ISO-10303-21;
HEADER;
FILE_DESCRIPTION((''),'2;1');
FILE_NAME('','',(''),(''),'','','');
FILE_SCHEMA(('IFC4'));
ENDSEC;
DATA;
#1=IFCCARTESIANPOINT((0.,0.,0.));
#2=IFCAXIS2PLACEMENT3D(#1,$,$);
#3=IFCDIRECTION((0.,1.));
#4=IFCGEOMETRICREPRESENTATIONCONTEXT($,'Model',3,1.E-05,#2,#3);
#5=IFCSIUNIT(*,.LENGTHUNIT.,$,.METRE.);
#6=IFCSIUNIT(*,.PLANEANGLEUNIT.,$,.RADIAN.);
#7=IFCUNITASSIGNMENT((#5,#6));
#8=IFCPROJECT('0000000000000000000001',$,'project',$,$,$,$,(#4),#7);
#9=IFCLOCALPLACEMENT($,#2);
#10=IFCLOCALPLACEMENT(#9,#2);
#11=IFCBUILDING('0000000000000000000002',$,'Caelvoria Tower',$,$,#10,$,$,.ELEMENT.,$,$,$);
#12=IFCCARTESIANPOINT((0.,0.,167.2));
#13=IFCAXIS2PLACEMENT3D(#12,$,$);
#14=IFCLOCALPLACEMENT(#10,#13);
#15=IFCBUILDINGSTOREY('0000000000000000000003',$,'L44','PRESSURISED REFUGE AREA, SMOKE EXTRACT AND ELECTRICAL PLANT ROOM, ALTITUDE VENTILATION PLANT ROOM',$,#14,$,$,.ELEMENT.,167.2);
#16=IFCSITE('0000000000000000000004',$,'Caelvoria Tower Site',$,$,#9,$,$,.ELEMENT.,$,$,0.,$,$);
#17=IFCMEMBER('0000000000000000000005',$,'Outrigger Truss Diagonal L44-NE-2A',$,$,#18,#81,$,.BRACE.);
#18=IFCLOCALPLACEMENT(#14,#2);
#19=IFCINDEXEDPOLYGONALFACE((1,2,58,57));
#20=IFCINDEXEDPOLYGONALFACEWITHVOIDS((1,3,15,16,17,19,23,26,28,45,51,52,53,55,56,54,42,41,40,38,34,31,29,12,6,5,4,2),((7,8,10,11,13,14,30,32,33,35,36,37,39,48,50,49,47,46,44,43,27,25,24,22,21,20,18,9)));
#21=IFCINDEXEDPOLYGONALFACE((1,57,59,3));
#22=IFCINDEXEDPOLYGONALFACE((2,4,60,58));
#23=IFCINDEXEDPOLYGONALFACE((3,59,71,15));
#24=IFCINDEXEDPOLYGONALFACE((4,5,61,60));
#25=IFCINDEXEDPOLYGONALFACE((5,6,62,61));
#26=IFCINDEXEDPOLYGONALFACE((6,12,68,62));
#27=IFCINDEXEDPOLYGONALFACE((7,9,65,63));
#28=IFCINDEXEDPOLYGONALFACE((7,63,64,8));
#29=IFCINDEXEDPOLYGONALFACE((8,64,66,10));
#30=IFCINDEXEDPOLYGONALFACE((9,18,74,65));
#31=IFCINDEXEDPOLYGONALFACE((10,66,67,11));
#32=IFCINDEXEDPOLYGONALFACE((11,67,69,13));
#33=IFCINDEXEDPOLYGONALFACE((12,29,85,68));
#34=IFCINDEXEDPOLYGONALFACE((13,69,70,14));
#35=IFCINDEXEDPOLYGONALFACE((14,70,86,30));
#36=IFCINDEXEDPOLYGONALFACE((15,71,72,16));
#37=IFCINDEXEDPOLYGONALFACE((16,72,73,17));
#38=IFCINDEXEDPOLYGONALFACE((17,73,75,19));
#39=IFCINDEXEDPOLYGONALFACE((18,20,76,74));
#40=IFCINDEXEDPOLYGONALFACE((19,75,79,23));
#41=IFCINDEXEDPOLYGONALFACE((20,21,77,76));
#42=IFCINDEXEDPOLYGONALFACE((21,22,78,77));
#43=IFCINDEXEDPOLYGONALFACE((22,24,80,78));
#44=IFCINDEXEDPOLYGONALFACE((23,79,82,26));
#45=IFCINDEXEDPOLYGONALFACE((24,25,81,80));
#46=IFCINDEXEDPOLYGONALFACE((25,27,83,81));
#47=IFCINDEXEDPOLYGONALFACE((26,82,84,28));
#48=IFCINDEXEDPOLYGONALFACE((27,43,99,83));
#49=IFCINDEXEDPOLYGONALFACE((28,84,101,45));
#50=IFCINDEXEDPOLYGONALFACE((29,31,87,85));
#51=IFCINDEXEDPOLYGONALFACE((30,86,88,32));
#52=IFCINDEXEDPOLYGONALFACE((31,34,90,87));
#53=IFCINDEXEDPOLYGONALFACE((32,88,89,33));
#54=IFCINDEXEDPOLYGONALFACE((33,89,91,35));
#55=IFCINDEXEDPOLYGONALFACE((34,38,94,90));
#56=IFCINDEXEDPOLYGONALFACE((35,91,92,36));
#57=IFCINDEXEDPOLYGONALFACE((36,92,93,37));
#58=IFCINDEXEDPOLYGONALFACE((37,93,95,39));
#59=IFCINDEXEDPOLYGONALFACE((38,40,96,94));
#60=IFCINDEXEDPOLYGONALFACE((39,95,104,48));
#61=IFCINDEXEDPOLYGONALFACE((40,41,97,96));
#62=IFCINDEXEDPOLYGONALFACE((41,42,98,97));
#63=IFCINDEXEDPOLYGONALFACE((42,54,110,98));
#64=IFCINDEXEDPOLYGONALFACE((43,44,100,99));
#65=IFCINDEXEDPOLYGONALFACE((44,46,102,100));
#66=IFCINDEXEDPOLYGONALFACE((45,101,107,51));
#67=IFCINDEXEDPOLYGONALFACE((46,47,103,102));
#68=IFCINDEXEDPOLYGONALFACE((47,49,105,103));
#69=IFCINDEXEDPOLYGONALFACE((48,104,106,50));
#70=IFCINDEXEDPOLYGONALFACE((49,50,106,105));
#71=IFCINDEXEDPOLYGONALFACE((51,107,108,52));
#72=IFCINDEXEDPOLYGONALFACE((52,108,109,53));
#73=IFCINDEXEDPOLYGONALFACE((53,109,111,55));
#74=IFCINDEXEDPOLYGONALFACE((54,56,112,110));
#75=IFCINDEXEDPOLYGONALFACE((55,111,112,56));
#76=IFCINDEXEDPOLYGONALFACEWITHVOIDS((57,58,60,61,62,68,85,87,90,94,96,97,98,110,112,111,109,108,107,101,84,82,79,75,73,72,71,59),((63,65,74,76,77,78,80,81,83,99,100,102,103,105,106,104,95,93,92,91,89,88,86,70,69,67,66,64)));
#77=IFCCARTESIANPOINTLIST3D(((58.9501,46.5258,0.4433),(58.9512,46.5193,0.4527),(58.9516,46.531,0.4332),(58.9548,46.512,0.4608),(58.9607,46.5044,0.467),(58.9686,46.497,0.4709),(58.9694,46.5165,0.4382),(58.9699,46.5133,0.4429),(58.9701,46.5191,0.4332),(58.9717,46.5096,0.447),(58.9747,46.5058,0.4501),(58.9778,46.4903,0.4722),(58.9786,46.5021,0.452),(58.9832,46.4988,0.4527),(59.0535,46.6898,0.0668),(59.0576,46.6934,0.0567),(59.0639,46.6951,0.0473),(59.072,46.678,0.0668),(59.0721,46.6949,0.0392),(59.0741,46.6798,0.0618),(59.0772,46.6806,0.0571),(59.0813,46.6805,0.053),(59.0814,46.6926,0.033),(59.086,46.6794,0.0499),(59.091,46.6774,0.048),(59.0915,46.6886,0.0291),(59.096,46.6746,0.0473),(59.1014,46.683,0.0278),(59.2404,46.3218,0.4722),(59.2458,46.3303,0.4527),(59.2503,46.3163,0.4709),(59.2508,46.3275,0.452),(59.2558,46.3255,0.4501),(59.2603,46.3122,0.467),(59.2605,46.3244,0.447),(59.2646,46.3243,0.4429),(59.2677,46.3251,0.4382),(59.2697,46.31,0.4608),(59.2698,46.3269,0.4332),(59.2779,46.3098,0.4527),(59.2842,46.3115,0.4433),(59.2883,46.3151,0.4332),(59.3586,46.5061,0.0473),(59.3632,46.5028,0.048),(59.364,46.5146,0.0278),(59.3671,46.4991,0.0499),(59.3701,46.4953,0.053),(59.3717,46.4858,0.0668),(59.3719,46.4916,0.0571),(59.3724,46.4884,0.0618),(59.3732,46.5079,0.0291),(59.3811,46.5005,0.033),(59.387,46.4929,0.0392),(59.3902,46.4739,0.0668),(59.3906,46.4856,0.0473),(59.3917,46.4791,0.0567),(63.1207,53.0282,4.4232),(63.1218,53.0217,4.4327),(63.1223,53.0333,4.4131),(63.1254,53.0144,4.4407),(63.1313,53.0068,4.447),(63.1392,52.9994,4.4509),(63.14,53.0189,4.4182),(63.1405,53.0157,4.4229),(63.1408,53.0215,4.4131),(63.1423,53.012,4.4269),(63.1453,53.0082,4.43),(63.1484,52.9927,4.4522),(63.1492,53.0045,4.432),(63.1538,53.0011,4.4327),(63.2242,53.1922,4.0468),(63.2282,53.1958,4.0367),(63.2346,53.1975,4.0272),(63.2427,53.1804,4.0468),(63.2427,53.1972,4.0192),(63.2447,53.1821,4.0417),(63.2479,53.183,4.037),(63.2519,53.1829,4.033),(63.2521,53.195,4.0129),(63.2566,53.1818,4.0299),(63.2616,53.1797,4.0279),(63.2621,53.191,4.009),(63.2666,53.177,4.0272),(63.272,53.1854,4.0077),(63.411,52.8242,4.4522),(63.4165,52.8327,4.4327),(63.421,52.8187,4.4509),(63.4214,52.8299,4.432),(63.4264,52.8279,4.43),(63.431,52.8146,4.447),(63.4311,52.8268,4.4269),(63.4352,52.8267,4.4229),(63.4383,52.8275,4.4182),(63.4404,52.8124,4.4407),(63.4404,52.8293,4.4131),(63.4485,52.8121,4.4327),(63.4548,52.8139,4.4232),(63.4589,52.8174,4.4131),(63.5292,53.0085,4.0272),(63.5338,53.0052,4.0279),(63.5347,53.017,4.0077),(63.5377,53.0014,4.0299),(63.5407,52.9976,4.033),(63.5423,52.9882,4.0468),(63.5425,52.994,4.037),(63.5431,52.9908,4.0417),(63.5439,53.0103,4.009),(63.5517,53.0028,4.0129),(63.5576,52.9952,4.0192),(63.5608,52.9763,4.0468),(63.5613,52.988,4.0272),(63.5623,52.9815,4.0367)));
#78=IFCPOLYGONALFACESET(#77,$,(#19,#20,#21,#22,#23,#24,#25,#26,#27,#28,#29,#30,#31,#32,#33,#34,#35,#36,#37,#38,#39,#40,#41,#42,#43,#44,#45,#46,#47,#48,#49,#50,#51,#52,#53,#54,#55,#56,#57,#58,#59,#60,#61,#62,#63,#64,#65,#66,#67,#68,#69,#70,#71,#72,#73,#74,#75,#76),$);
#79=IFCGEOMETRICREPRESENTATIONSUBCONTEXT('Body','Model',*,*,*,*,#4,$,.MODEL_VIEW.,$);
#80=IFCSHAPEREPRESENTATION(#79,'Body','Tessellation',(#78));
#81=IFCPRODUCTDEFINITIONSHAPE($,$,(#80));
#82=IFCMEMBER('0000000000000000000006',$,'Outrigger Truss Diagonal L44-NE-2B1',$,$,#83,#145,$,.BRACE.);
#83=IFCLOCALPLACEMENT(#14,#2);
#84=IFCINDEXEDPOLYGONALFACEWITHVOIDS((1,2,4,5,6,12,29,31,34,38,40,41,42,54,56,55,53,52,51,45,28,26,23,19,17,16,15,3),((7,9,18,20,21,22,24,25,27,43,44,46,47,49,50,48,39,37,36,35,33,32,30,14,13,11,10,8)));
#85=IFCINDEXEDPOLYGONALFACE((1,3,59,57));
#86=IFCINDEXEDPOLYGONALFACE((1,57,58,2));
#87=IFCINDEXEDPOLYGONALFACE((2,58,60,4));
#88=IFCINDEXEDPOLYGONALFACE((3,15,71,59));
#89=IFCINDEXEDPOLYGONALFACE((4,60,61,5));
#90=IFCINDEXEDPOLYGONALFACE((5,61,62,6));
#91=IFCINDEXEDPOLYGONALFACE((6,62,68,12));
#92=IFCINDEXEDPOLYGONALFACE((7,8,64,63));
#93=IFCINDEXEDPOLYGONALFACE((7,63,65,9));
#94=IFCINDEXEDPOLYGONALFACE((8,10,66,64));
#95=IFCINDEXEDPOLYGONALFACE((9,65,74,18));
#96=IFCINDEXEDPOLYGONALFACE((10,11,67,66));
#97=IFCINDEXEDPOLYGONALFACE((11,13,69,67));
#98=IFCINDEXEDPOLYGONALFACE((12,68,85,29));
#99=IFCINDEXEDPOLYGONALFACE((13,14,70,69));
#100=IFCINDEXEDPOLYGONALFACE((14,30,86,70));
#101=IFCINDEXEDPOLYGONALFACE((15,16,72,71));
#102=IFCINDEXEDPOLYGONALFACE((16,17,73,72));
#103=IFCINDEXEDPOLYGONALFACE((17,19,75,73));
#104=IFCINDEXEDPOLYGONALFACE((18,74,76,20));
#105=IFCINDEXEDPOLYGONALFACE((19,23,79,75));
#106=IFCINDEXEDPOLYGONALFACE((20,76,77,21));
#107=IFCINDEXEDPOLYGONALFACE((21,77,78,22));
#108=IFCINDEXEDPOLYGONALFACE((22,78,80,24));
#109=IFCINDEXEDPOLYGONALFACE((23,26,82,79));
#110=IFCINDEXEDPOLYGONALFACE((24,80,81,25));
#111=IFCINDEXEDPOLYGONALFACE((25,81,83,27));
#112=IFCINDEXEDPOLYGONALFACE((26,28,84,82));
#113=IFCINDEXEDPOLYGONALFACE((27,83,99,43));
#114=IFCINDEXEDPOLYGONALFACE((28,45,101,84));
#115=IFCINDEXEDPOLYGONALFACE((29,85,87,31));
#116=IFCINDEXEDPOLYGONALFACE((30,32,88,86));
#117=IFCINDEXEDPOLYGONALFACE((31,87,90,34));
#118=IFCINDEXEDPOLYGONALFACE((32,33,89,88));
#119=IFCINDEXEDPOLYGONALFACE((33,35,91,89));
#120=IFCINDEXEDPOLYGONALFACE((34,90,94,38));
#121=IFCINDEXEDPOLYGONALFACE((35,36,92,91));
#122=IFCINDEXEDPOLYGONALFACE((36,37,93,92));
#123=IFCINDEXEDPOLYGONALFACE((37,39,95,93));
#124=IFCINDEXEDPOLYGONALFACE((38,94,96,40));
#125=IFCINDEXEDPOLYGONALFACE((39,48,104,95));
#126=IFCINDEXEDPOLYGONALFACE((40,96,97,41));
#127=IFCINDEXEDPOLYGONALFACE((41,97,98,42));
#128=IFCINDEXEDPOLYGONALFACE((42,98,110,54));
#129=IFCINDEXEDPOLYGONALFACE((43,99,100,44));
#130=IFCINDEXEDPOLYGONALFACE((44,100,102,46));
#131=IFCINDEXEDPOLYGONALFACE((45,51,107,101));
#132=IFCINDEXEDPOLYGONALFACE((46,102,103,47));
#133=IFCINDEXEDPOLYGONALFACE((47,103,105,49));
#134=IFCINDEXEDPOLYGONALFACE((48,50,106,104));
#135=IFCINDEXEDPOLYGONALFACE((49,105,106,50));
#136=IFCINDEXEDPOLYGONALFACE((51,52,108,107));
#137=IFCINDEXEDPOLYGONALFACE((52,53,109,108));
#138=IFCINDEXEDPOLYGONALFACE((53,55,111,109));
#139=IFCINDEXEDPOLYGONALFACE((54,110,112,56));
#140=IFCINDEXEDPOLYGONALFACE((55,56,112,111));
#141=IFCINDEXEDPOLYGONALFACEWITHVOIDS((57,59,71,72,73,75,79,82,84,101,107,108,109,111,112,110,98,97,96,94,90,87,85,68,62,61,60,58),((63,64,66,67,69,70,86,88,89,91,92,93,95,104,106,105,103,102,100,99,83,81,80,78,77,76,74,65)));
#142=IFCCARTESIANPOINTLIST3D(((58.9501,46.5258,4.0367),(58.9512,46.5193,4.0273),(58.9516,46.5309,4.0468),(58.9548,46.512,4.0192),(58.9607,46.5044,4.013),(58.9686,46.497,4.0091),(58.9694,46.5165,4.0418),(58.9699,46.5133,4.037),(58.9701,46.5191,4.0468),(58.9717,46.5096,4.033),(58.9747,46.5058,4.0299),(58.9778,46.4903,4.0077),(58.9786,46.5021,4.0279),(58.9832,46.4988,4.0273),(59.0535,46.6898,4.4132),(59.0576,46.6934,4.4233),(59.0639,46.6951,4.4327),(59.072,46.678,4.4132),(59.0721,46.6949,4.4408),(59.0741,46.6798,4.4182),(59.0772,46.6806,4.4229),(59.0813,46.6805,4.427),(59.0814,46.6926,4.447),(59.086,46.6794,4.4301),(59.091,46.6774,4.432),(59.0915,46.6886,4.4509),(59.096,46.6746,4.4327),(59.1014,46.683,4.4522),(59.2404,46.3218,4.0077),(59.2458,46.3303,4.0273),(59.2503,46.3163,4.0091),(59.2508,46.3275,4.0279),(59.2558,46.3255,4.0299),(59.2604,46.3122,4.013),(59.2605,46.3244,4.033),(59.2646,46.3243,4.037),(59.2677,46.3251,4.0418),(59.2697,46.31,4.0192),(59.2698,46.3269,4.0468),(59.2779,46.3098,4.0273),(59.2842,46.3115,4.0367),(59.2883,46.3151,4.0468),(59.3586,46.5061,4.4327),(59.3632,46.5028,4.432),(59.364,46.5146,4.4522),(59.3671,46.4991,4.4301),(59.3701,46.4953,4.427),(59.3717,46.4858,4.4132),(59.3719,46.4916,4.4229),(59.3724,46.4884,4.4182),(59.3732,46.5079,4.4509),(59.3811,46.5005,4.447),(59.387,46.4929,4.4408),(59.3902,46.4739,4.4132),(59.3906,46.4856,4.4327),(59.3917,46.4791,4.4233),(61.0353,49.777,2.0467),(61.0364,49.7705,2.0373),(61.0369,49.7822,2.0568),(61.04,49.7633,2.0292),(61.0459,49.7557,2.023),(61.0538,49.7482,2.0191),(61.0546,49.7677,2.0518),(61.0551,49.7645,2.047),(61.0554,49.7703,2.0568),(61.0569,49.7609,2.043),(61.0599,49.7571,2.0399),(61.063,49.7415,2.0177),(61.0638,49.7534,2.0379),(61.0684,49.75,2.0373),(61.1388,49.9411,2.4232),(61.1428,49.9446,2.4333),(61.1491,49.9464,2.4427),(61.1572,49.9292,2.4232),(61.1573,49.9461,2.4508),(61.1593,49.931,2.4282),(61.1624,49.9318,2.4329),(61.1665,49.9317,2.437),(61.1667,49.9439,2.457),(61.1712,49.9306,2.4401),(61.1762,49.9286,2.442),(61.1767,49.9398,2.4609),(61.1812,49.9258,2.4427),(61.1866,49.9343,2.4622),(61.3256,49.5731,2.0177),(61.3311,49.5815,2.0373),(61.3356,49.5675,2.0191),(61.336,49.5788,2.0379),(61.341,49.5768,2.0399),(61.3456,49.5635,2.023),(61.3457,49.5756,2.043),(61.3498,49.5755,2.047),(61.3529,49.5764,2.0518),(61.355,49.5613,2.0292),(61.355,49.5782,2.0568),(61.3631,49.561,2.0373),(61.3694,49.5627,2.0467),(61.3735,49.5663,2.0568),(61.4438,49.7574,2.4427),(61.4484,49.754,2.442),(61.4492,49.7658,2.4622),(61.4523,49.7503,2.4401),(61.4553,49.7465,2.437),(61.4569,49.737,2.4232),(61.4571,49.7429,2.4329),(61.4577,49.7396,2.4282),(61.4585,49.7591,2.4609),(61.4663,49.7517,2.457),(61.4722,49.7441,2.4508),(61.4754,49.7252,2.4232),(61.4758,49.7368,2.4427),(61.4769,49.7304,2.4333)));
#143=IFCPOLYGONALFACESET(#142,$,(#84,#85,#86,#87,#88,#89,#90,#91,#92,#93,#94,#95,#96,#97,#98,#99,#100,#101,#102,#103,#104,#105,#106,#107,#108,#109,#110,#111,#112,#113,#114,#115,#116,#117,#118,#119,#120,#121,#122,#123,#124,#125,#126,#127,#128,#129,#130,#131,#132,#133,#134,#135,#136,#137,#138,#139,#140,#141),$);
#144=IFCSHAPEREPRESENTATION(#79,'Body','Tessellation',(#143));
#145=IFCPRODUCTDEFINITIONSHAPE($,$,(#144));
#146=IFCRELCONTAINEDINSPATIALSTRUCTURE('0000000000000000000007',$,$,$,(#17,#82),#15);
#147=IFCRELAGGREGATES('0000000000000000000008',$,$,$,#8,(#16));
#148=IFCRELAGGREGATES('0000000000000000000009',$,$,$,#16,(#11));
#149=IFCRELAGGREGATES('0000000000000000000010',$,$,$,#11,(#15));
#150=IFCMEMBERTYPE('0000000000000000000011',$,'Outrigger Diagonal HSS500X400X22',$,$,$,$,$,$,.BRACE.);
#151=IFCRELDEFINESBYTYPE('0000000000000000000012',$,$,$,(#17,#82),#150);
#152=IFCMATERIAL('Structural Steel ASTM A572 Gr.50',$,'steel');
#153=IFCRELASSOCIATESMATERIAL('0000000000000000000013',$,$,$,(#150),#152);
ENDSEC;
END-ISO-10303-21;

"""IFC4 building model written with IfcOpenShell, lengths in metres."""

from ifc_helpers import new_model, si_unit, direction, frame, origin, origin_2d, place, context, subcontext, project, spatial, hollow_rectangle, extrude, material, material_profile, profile_set, type_object, element, save


model = new_model("IFC4")

# Units and contexts
model_context = context("Model", 3, precision=1e-05, world=origin(), true_north=direction((0.0, 1.0)))
body_context = subcontext(model_context, "Body", "Model", "MODEL_VIEW")
ifc_project = project(units=[si_unit("LENGTHUNIT", "METRE"), si_unit("PLANEANGLEUNIT", "RADIAN")], contexts=[model_context])

# Site, building, storey
site_placement = place(None, origin())
site = spatial("IfcSite", under=ifc_project, at=site_placement, Name="Caelvoria Tower Site", CompositionType="ELEMENT", RefElevation=0.0)
building_placement = place(site_placement, origin())
building = spatial("IfcBuilding", under=site, at=building_placement, Name="Caelvoria Tower", CompositionType="ELEMENT")
storey_placement = place(building_placement, frame((0.0, 0.0, 167.2)))
storey = spatial("IfcBuildingStorey", under=building, at=storey_placement, Name="L44", Description="PRESSURISED REFUGE AREA, SMOKE EXTRACT AND ELECTRICAL PLANT ROOM, ALTITUDE VENTILATION PLANT ROOM", CompositionType="ELEMENT", Elevation=167.2)

# Shared definitions
ifc_material_1 = material(Name="Structural Steel ASTM A572 Gr.50", Category="steel")

# Members
ifc_material_profile_1 = material_profile(ifc_material_1, hollow_rectangle(XDim=0.3999, YDim=0.5, WallThickness=0.022, InnerFilletRadius=0.022, OuterFilletRadius=0.0439, at=origin_2d()), Name="Structural Steel ASTM A572 Gr.50")
ifc_profile_set_1 = profile_set([ifc_material_profile_1], Name="HSS500X400X22 - Structural Steel ASTM A572 Gr.50")
member_type_1 = type_object("IfcMemberType", Name="Outrigger Diagonal HSS500X400X22", PredefinedType="BRACE", material=ifc_profile_set_1)
member_1_placement = place(storey_placement, frame((59.1709, 46.5024, 0.25), z_axis=(0.479936, 0.748266, 0.457995), x_axis=(-0.841737, 0.539888, 0.0)))
element("IfcMember", 1, at=member_1_placement, inside=storey, type_object=member_type_1, Name="Outrigger Truss Diagonal L44-NE-2A", PredefinedType="BRACE", context=body_context, shape_type="SweptSolid", body=[
    extrude(hollow_rectangle(XDim=0.3999, YDim=0.5, WallThickness=0.022, InnerFilletRadius=0.022, OuterFilletRadius=0.0439, at=origin_2d()), origin(), (0.0, 0.0, 1.0), 8.6899),
])
for number, where, z_axis, x_axis, name in (
    (2, (59.1709, 46.5024, 4.23), (0.479915, 0.748276, -0.458001), (-0.841751, 0.539866, 0.0), "Outrigger Truss Diagonal L44-NE-2B1"),
):
    element("IfcMember", number, at=place(storey_placement, frame(where, z_axis=z_axis, x_axis=x_axis)), inside=storey, type_object=member_type_1, Name=name, PredefinedType="BRACE", context=body_context, shape_type="SweptSolid", body=[
        extrude(hollow_rectangle(XDim=0.3999, YDim=0.5, WallThickness=0.022, InnerFilletRadius=0.022, OuterFilletRadius=0.0439, at=origin_2d()), origin(), (0.0, 0.0, 1.0), 4.345),
    ])

save(model, "model.ifc")
